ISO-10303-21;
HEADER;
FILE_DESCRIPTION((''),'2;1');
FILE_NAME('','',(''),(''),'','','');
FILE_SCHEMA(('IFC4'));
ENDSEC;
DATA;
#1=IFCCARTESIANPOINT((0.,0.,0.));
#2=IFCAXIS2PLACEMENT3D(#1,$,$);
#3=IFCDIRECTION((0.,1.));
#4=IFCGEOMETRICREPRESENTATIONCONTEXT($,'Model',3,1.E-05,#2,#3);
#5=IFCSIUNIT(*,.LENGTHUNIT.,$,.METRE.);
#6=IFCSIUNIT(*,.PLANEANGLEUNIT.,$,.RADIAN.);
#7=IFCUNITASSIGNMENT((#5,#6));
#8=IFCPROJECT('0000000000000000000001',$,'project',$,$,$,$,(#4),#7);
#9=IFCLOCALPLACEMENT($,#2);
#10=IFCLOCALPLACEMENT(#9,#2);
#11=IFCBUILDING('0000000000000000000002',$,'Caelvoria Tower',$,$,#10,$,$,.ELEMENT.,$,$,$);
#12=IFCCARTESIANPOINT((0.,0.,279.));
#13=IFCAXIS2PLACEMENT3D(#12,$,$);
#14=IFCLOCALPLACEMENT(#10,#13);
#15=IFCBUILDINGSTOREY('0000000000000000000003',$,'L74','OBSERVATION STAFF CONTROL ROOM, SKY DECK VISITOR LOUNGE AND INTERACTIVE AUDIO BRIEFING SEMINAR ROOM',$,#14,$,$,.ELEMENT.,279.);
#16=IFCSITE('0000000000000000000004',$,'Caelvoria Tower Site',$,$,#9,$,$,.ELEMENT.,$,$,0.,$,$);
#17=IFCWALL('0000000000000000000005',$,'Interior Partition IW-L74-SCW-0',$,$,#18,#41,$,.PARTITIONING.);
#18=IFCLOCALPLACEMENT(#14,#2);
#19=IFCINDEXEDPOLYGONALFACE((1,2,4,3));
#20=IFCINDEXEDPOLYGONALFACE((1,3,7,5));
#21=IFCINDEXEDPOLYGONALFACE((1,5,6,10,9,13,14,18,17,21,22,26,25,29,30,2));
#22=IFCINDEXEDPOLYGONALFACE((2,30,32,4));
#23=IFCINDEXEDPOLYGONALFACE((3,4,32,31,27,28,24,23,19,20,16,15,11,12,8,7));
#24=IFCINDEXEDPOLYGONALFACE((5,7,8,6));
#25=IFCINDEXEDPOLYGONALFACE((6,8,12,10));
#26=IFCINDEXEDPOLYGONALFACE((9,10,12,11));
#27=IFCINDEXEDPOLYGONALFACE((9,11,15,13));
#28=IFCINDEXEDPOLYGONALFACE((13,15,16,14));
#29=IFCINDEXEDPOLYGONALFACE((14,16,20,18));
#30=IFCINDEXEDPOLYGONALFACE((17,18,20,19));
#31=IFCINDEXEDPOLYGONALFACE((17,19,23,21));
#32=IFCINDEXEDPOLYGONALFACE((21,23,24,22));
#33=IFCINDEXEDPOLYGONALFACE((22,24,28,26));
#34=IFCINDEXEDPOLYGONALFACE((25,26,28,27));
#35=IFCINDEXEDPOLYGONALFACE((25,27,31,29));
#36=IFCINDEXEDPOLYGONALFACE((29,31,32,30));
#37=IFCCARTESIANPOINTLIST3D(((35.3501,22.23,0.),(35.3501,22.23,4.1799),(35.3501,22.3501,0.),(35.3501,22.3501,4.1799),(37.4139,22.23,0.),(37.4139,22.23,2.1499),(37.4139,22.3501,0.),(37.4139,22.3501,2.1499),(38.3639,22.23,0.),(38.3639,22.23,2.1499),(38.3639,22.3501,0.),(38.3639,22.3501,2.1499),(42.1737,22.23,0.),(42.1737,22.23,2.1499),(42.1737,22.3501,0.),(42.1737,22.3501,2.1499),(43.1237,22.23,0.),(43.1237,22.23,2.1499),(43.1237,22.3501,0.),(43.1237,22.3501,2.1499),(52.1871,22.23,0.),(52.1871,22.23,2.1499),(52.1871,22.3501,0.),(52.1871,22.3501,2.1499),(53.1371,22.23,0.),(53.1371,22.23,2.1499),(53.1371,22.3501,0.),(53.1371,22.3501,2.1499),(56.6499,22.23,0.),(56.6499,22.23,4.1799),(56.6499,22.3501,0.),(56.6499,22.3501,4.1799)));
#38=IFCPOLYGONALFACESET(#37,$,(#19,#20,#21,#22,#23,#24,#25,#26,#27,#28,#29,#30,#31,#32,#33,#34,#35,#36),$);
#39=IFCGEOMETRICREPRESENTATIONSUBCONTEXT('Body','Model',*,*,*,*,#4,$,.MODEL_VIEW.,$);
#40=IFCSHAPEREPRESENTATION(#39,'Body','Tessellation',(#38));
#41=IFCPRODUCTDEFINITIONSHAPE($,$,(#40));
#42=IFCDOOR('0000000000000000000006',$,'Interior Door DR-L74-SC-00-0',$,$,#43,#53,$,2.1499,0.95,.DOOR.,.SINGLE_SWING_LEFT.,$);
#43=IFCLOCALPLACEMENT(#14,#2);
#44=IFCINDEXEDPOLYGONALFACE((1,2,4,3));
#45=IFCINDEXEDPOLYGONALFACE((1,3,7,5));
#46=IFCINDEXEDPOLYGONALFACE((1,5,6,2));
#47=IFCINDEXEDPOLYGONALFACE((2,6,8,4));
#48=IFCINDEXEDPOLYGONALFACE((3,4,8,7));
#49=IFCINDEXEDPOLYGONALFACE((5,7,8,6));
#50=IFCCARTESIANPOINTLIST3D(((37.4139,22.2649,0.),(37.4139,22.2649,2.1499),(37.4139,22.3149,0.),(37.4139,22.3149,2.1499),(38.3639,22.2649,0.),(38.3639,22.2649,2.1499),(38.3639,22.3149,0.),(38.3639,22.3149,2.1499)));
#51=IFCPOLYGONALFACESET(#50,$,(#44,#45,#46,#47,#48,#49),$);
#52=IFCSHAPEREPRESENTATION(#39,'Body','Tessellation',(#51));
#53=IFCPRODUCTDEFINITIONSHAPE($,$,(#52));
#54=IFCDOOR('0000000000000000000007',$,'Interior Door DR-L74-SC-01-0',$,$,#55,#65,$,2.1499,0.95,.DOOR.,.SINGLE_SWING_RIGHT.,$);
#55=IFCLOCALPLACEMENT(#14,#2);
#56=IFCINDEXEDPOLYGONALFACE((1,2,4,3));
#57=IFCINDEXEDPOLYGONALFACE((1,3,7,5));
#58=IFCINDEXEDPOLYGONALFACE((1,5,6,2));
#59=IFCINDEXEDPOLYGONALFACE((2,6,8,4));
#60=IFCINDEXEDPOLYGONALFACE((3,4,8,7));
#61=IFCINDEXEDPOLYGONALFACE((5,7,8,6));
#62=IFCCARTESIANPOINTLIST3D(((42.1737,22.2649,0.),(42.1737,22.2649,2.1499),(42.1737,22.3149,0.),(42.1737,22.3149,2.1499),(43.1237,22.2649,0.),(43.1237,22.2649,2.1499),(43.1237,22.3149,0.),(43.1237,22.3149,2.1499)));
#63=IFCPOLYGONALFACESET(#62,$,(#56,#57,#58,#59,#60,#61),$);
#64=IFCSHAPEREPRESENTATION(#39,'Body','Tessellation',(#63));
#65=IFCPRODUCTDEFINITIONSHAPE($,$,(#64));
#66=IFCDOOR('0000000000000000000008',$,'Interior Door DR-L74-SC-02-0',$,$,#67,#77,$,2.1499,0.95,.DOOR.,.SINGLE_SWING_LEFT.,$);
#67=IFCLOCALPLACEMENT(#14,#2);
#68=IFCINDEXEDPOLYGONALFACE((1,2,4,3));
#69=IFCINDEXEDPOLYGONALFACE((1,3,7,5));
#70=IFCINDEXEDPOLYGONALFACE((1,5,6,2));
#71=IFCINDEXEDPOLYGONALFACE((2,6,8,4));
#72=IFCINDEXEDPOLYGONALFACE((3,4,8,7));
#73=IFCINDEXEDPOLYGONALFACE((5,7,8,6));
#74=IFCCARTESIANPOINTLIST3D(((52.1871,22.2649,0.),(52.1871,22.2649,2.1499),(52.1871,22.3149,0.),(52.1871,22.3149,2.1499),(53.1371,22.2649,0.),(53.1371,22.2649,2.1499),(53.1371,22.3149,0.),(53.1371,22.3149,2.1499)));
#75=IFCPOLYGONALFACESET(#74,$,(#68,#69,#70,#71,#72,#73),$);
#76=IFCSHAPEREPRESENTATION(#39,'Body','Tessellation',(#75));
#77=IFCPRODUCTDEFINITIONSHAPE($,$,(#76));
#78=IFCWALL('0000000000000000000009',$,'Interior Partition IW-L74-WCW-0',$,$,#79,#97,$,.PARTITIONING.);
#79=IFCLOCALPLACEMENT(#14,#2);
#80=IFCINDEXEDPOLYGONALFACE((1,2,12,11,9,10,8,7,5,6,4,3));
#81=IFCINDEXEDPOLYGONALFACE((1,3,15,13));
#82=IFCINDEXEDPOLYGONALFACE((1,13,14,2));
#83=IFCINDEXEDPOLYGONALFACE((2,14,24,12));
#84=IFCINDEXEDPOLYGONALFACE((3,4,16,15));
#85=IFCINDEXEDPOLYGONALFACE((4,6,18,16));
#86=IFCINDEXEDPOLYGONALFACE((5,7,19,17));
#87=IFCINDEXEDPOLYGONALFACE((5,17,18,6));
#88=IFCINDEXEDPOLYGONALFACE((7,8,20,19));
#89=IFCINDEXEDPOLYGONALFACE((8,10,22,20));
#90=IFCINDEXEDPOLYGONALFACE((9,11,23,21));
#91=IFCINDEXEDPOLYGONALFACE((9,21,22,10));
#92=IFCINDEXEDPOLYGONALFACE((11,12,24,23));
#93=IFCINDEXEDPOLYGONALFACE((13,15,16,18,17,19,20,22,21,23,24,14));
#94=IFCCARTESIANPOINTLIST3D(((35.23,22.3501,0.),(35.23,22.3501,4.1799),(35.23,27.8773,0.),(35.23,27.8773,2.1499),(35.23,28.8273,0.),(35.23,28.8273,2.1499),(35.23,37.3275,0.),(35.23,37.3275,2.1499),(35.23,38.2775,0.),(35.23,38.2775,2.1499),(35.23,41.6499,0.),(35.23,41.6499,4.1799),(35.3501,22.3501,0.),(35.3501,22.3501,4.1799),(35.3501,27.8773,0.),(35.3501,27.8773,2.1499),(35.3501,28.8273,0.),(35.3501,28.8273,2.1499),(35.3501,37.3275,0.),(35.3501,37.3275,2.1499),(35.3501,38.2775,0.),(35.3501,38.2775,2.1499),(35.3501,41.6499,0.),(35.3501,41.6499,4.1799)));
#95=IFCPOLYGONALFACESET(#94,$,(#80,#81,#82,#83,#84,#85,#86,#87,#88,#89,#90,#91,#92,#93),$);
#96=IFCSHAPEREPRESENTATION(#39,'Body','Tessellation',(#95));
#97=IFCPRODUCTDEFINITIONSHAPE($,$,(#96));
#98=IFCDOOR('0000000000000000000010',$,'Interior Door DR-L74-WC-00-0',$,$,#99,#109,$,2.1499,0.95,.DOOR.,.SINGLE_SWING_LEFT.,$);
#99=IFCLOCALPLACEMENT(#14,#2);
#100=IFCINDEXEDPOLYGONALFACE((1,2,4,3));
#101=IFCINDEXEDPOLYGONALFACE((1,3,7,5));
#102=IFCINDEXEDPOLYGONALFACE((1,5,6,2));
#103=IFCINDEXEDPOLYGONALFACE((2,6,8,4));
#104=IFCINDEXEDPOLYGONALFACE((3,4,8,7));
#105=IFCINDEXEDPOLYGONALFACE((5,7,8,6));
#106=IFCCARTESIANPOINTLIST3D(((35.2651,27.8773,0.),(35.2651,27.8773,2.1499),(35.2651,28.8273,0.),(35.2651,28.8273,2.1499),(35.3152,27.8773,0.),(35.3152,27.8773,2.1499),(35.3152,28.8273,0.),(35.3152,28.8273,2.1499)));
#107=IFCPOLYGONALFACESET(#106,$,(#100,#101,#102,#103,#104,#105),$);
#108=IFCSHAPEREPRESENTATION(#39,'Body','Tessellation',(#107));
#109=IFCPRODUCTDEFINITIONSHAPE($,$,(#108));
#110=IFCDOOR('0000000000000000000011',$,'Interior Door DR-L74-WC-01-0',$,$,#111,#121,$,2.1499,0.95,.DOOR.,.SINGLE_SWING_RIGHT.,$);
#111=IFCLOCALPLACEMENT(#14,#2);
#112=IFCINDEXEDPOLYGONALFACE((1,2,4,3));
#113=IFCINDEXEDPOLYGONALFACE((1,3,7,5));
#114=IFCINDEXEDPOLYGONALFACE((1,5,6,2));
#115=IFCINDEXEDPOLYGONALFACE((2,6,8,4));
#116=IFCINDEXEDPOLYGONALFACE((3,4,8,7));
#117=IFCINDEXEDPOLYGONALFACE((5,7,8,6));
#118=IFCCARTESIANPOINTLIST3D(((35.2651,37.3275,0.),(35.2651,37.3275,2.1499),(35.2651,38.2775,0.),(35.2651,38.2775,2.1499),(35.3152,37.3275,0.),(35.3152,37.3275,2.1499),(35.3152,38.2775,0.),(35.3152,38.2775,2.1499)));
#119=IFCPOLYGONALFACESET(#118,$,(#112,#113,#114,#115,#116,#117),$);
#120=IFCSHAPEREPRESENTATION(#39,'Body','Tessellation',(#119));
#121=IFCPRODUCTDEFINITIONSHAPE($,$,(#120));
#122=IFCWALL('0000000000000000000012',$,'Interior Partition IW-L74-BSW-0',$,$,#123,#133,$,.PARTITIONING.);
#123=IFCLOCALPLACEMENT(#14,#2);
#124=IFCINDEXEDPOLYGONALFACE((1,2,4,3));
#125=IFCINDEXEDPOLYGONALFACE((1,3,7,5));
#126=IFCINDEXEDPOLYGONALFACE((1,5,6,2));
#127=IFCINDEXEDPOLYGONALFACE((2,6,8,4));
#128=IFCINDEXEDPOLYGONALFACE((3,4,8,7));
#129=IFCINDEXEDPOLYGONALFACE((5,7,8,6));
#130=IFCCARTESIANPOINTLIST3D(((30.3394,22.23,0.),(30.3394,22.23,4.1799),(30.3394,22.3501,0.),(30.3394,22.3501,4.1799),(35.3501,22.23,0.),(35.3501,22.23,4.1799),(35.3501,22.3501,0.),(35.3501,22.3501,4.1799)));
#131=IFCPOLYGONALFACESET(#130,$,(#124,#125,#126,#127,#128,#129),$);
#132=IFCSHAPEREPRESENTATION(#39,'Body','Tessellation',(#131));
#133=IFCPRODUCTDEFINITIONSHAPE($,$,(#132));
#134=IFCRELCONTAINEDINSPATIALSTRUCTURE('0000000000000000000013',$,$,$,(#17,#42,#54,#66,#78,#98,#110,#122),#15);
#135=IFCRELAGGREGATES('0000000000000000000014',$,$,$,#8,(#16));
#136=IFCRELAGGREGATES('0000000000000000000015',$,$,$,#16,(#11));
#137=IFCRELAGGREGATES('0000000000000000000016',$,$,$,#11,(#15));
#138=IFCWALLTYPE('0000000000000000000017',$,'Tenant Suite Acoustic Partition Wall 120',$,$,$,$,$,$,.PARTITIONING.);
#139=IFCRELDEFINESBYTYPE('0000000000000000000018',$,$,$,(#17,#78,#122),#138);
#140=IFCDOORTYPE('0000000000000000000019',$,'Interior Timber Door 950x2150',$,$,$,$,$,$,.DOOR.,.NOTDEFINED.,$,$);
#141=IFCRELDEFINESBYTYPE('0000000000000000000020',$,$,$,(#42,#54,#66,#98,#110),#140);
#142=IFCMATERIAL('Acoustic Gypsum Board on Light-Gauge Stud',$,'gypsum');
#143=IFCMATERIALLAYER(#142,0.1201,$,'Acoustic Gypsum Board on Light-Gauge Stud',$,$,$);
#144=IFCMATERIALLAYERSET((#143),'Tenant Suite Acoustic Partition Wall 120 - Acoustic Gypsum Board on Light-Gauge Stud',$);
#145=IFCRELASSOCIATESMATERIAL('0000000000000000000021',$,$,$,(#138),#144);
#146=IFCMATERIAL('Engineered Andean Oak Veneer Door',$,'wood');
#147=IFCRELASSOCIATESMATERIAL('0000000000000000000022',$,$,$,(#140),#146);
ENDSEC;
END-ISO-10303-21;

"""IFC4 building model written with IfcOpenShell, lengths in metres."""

from ifc_helpers import new_model, si_unit, direction, frame, frame_2d, origin, place, context, subcontext, project, spatial, rectangle, extrude, material, layer, layer_set, type_object, element, fill, save


model = new_model("IFC4")

# Units and contexts
model_context = context("Model", 3, precision=1e-05, world=origin(), true_north=direction((0.0, 1.0)))
body_context = subcontext(model_context, "Body", "Model", "MODEL_VIEW")
ifc_project = project(units=[si_unit("LENGTHUNIT", "METRE"), si_unit("PLANEANGLEUNIT", "RADIAN")], contexts=[model_context])

# Site, building, storey
site_placement = place(None, origin())
site = spatial("IfcSite", under=ifc_project, at=site_placement, Name="Caelvoria Tower Site", CompositionType="ELEMENT", RefElevation=0.0)
building_placement = place(site_placement, origin())
building = spatial("IfcBuilding", under=site, at=building_placement, Name="Caelvoria Tower", CompositionType="ELEMENT")
storey_placement = place(building_placement, frame((0.0, 0.0, 279.0)))
storey = spatial("IfcBuildingStorey", under=building, at=storey_placement, Name="L74", Description="OBSERVATION STAFF CONTROL ROOM, SKY DECK VISITOR LOUNGE AND INTERACTIVE AUDIO BRIEFING SEMINAR ROOM", CompositionType="ELEMENT", Elevation=279.0)

# Shared definitions
ifc_material_1 = material(Name="Engineered Andean Oak Veneer Door", Category="wood")

# Shared definitions
ifc_material_2 = material(Name="Acoustic Gypsum Board on Light-Gauge Stud", Category="gypsum")
ifc_layer_1 = layer(ifc_material_2, 0.1201, Name="Acoustic Gypsum Board on Light-Gauge Stud")
ifc_layer_set_1 = layer_set([ifc_layer_1], Name="Tenant Suite Acoustic Partition Wall 120 - Acoustic Gypsum Board on Light-Gauge Stud")
wall_type_1 = type_object("IfcWallType", Name="Tenant Suite Acoustic Partition Wall 120", PredefinedType="PARTITIONING", material=ifc_layer_set_1)

# Walls, openings, doors
wall_1_placement = place(storey_placement, frame((35.3501, 22.29, 0.0), z_axis=(0.0, 0.0, 1.0), x_axis=(1.0, 0.0, 0.0)))
wall_1 = element("IfcWall", 1, at=wall_1_placement, inside=storey, type_object=wall_type_1, Name="Interior Partition IW-L74-SCW-0", PredefinedType="PARTITIONING", context=body_context, shape_type="SweptSolid", body=[
    extrude(rectangle(XDim=21.2998, YDim=0.1201, at=frame_2d((10.6499, 0.0))), origin(), (0.0, 0.0, 1.0), 4.1799),
])
opening_1_placement = place(wall_1_placement, frame((2.0637, 0.0, 0.0)))
opening_1 = element("IfcOpeningElement", 2, at=opening_1_placement, cuts=wall_1, PredefinedType="OPENING", context=body_context, shape_type="SweptSolid", body=[
    extrude(rectangle(XDim=0.95, YDim=2.1499, at=frame_2d((0.4751, 1.075))), frame((0.0, 0.0701, 0.0), z_axis=(0.0, -1.0, 0.0), x_axis=(1.0, 0.0, 0.0)), (0.0, 0.0, 1.0), 0.1401),
])
opening_2_placement = place(wall_1_placement, frame((6.8235, 0.0, 0.0)))
opening_2 = element("IfcOpeningElement", 3, at=opening_2_placement, cuts=wall_1, PredefinedType="OPENING", context=body_context, shape_type="SweptSolid", body=[
    extrude(rectangle(XDim=0.95, YDim=2.1499, at=frame_2d((0.4751, 1.075))), frame((0.0, 0.0701, 0.0), z_axis=(0.0, -1.0, 0.0), x_axis=(1.0, 0.0, 0.0)), (0.0, 0.0, 1.0), 0.1401),
])
opening_3_placement = place(wall_1_placement, frame((16.8369, 0.0, 0.0)))
opening_3 = element("IfcOpeningElement", 4, at=opening_3_placement, cuts=wall_1, PredefinedType="OPENING", context=body_context, shape_type="SweptSolid", body=[
    extrude(rectangle(XDim=0.95, YDim=2.1499, at=frame_2d((0.4751, 1.075))), frame((0.0, 0.0701, 0.0), z_axis=(0.0, -1.0, 0.0), x_axis=(1.0, 0.0, 0.0)), (0.0, 0.0, 1.0), 0.1401),
])
door_type_1 = type_object("IfcDoorType", Name="Interior Timber Door 950x2150", OperationType="NOTDEFINED", PredefinedType="DOOR", material=ifc_material_1)
door_1_placement = place(opening_1_placement, origin())
door_1 = element("IfcDoor", 5, at=door_1_placement, inside=storey, type_object=door_type_1, Name="Interior Door DR-L74-SC-00-0", OperationType="SINGLE_SWING_LEFT", OverallHeight=2.1499, OverallWidth=0.95, PredefinedType="DOOR", context=body_context, shape_type="SweptSolid", body=[
    extrude(rectangle(XDim=0.95, YDim=2.1499, at=frame_2d((0.4751, 1.075))), frame((0.0, 0.0249, 0.0), z_axis=(0.0, -1.0, 0.0), x_axis=(1.0, 0.0, 0.0)), (0.0, 0.0, 1.0), 0.05),
])
fill(opening_1, door_1)
door_2_placement = place(opening_2_placement, origin())
door_2 = element("IfcDoor", 6, at=door_2_placement, inside=storey, type_object=door_type_1, Name="Interior Door DR-L74-SC-01-0", OperationType="SINGLE_SWING_RIGHT", OverallHeight=2.1499, OverallWidth=0.95, PredefinedType="DOOR", context=body_context, shape_type="SweptSolid", body=[
    extrude(rectangle(XDim=0.95, YDim=2.1499, at=frame_2d((0.4751, 1.075))), frame((0.0, 0.0249, 0.0), z_axis=(0.0, -1.0, 0.0), x_axis=(1.0, 0.0, 0.0)), (0.0, 0.0, 1.0), 0.05),
])
fill(opening_2, door_2)
door_3_placement = place(opening_3_placement, origin())
door_3 = element("IfcDoor", 7, at=door_3_placement, inside=storey, type_object=door_type_1, Name="Interior Door DR-L74-SC-02-0", OperationType="SINGLE_SWING_LEFT", OverallHeight=2.1499, OverallWidth=0.95, PredefinedType="DOOR", context=body_context, shape_type="SweptSolid", body=[
    extrude(rectangle(XDim=0.95, YDim=2.1499, at=frame_2d((0.4751, 1.075))), frame((0.0, 0.0249, 0.0), z_axis=(0.0, -1.0, 0.0), x_axis=(1.0, 0.0, 0.0)), (0.0, 0.0, 1.0), 0.05),
])
fill(opening_3, door_3)
wall_2_placement = place(storey_placement, frame((35.29, 22.3501, 0.0), z_axis=(0.0, 0.0, 1.0), x_axis=(0.0, 1.0, 0.0)))
wall_2 = element("IfcWall", 8, at=wall_2_placement, inside=storey, type_object=wall_type_1, Name="Interior Partition IW-L74-WCW-0", PredefinedType="PARTITIONING", context=body_context, shape_type="SweptSolid", body=[
    extrude(rectangle(XDim=19.2998, YDim=0.1201, at=frame_2d((9.6499, 0.0))), origin(), (0.0, 0.0, 1.0), 4.1799),
])
opening_4_placement = place(wall_2_placement, frame((5.5271, 0.0, 0.0)))
opening_4 = element("IfcOpeningElement", 9, at=opening_4_placement, cuts=wall_2, PredefinedType="OPENING", context=body_context, shape_type="SweptSolid", body=[
    extrude(rectangle(XDim=0.95, YDim=2.1499, at=frame_2d((0.4751, 1.075))), frame((0.0, 0.0701, 0.0), z_axis=(0.0, -1.0, 0.0), x_axis=(1.0, 0.0, 0.0)), (0.0, 0.0, 1.0), 0.1401),
])
opening_5_placement = place(wall_2_placement, frame((14.9773, 0.0, 0.0)))
opening_5 = element("IfcOpeningElement", 10, at=opening_5_placement, cuts=wall_2, PredefinedType="OPENING", context=body_context, shape_type="SweptSolid", body=[
    extrude(rectangle(XDim=0.95, YDim=2.1499, at=frame_2d((0.4751, 1.075))), frame((0.0, 0.0701, 0.0), z_axis=(0.0, -1.0, 0.0), x_axis=(1.0, 0.0, 0.0)), (0.0, 0.0, 1.0), 0.1401),
])
door_4_placement = place(opening_4_placement, origin())
door_4 = element("IfcDoor", 11, at=door_4_placement, inside=storey, type_object=door_type_1, Name="Interior Door DR-L74-WC-00-0", OperationType="SINGLE_SWING_LEFT", OverallHeight=2.1499, OverallWidth=0.95, PredefinedType="DOOR", context=body_context, shape_type="SweptSolid", body=[
    extrude(rectangle(XDim=0.95, YDim=2.1499, at=frame_2d((0.4751, 1.075))), frame((0.0, 0.0249, 0.0), z_axis=(0.0, -1.0, 0.0), x_axis=(1.0, 0.0, 0.0)), (0.0, 0.0, 1.0), 0.05),
])
fill(opening_4, door_4)
door_5_placement = place(opening_5_placement, origin())
door_5 = element("IfcDoor", 12, at=door_5_placement, inside=storey, type_object=door_type_1, Name="Interior Door DR-L74-WC-01-0", OperationType="SINGLE_SWING_RIGHT", OverallHeight=2.1499, OverallWidth=0.95, PredefinedType="DOOR", context=body_context, shape_type="SweptSolid", body=[
    extrude(rectangle(XDim=0.95, YDim=2.1499, at=frame_2d((0.4751, 1.075))), frame((0.0, 0.0249, 0.0), z_axis=(0.0, -1.0, 0.0), x_axis=(1.0, 0.0, 0.0)), (0.0, 0.0, 1.0), 0.05),
])
fill(opening_5, door_5)

# Wall
wall_3_placement = place(storey_placement, frame((35.3501, 22.29, 0.0), z_axis=(0.0, 0.0, 1.0), x_axis=(-1.0, 0.0, 0.0)))
element("IfcWall", 13, at=wall_3_placement, inside=storey, type_object=wall_type_1, Name="Interior Partition IW-L74-BSW-0", PredefinedType="PARTITIONING", context=body_context, shape_type="SweptSolid", body=[
    extrude(rectangle(XDim=5.0107, YDim=0.1201, at=frame_2d((2.5054, 0.0))), origin(), (0.0, 0.0, 1.0), 4.1799),
])

save(model, "model.ifc")
